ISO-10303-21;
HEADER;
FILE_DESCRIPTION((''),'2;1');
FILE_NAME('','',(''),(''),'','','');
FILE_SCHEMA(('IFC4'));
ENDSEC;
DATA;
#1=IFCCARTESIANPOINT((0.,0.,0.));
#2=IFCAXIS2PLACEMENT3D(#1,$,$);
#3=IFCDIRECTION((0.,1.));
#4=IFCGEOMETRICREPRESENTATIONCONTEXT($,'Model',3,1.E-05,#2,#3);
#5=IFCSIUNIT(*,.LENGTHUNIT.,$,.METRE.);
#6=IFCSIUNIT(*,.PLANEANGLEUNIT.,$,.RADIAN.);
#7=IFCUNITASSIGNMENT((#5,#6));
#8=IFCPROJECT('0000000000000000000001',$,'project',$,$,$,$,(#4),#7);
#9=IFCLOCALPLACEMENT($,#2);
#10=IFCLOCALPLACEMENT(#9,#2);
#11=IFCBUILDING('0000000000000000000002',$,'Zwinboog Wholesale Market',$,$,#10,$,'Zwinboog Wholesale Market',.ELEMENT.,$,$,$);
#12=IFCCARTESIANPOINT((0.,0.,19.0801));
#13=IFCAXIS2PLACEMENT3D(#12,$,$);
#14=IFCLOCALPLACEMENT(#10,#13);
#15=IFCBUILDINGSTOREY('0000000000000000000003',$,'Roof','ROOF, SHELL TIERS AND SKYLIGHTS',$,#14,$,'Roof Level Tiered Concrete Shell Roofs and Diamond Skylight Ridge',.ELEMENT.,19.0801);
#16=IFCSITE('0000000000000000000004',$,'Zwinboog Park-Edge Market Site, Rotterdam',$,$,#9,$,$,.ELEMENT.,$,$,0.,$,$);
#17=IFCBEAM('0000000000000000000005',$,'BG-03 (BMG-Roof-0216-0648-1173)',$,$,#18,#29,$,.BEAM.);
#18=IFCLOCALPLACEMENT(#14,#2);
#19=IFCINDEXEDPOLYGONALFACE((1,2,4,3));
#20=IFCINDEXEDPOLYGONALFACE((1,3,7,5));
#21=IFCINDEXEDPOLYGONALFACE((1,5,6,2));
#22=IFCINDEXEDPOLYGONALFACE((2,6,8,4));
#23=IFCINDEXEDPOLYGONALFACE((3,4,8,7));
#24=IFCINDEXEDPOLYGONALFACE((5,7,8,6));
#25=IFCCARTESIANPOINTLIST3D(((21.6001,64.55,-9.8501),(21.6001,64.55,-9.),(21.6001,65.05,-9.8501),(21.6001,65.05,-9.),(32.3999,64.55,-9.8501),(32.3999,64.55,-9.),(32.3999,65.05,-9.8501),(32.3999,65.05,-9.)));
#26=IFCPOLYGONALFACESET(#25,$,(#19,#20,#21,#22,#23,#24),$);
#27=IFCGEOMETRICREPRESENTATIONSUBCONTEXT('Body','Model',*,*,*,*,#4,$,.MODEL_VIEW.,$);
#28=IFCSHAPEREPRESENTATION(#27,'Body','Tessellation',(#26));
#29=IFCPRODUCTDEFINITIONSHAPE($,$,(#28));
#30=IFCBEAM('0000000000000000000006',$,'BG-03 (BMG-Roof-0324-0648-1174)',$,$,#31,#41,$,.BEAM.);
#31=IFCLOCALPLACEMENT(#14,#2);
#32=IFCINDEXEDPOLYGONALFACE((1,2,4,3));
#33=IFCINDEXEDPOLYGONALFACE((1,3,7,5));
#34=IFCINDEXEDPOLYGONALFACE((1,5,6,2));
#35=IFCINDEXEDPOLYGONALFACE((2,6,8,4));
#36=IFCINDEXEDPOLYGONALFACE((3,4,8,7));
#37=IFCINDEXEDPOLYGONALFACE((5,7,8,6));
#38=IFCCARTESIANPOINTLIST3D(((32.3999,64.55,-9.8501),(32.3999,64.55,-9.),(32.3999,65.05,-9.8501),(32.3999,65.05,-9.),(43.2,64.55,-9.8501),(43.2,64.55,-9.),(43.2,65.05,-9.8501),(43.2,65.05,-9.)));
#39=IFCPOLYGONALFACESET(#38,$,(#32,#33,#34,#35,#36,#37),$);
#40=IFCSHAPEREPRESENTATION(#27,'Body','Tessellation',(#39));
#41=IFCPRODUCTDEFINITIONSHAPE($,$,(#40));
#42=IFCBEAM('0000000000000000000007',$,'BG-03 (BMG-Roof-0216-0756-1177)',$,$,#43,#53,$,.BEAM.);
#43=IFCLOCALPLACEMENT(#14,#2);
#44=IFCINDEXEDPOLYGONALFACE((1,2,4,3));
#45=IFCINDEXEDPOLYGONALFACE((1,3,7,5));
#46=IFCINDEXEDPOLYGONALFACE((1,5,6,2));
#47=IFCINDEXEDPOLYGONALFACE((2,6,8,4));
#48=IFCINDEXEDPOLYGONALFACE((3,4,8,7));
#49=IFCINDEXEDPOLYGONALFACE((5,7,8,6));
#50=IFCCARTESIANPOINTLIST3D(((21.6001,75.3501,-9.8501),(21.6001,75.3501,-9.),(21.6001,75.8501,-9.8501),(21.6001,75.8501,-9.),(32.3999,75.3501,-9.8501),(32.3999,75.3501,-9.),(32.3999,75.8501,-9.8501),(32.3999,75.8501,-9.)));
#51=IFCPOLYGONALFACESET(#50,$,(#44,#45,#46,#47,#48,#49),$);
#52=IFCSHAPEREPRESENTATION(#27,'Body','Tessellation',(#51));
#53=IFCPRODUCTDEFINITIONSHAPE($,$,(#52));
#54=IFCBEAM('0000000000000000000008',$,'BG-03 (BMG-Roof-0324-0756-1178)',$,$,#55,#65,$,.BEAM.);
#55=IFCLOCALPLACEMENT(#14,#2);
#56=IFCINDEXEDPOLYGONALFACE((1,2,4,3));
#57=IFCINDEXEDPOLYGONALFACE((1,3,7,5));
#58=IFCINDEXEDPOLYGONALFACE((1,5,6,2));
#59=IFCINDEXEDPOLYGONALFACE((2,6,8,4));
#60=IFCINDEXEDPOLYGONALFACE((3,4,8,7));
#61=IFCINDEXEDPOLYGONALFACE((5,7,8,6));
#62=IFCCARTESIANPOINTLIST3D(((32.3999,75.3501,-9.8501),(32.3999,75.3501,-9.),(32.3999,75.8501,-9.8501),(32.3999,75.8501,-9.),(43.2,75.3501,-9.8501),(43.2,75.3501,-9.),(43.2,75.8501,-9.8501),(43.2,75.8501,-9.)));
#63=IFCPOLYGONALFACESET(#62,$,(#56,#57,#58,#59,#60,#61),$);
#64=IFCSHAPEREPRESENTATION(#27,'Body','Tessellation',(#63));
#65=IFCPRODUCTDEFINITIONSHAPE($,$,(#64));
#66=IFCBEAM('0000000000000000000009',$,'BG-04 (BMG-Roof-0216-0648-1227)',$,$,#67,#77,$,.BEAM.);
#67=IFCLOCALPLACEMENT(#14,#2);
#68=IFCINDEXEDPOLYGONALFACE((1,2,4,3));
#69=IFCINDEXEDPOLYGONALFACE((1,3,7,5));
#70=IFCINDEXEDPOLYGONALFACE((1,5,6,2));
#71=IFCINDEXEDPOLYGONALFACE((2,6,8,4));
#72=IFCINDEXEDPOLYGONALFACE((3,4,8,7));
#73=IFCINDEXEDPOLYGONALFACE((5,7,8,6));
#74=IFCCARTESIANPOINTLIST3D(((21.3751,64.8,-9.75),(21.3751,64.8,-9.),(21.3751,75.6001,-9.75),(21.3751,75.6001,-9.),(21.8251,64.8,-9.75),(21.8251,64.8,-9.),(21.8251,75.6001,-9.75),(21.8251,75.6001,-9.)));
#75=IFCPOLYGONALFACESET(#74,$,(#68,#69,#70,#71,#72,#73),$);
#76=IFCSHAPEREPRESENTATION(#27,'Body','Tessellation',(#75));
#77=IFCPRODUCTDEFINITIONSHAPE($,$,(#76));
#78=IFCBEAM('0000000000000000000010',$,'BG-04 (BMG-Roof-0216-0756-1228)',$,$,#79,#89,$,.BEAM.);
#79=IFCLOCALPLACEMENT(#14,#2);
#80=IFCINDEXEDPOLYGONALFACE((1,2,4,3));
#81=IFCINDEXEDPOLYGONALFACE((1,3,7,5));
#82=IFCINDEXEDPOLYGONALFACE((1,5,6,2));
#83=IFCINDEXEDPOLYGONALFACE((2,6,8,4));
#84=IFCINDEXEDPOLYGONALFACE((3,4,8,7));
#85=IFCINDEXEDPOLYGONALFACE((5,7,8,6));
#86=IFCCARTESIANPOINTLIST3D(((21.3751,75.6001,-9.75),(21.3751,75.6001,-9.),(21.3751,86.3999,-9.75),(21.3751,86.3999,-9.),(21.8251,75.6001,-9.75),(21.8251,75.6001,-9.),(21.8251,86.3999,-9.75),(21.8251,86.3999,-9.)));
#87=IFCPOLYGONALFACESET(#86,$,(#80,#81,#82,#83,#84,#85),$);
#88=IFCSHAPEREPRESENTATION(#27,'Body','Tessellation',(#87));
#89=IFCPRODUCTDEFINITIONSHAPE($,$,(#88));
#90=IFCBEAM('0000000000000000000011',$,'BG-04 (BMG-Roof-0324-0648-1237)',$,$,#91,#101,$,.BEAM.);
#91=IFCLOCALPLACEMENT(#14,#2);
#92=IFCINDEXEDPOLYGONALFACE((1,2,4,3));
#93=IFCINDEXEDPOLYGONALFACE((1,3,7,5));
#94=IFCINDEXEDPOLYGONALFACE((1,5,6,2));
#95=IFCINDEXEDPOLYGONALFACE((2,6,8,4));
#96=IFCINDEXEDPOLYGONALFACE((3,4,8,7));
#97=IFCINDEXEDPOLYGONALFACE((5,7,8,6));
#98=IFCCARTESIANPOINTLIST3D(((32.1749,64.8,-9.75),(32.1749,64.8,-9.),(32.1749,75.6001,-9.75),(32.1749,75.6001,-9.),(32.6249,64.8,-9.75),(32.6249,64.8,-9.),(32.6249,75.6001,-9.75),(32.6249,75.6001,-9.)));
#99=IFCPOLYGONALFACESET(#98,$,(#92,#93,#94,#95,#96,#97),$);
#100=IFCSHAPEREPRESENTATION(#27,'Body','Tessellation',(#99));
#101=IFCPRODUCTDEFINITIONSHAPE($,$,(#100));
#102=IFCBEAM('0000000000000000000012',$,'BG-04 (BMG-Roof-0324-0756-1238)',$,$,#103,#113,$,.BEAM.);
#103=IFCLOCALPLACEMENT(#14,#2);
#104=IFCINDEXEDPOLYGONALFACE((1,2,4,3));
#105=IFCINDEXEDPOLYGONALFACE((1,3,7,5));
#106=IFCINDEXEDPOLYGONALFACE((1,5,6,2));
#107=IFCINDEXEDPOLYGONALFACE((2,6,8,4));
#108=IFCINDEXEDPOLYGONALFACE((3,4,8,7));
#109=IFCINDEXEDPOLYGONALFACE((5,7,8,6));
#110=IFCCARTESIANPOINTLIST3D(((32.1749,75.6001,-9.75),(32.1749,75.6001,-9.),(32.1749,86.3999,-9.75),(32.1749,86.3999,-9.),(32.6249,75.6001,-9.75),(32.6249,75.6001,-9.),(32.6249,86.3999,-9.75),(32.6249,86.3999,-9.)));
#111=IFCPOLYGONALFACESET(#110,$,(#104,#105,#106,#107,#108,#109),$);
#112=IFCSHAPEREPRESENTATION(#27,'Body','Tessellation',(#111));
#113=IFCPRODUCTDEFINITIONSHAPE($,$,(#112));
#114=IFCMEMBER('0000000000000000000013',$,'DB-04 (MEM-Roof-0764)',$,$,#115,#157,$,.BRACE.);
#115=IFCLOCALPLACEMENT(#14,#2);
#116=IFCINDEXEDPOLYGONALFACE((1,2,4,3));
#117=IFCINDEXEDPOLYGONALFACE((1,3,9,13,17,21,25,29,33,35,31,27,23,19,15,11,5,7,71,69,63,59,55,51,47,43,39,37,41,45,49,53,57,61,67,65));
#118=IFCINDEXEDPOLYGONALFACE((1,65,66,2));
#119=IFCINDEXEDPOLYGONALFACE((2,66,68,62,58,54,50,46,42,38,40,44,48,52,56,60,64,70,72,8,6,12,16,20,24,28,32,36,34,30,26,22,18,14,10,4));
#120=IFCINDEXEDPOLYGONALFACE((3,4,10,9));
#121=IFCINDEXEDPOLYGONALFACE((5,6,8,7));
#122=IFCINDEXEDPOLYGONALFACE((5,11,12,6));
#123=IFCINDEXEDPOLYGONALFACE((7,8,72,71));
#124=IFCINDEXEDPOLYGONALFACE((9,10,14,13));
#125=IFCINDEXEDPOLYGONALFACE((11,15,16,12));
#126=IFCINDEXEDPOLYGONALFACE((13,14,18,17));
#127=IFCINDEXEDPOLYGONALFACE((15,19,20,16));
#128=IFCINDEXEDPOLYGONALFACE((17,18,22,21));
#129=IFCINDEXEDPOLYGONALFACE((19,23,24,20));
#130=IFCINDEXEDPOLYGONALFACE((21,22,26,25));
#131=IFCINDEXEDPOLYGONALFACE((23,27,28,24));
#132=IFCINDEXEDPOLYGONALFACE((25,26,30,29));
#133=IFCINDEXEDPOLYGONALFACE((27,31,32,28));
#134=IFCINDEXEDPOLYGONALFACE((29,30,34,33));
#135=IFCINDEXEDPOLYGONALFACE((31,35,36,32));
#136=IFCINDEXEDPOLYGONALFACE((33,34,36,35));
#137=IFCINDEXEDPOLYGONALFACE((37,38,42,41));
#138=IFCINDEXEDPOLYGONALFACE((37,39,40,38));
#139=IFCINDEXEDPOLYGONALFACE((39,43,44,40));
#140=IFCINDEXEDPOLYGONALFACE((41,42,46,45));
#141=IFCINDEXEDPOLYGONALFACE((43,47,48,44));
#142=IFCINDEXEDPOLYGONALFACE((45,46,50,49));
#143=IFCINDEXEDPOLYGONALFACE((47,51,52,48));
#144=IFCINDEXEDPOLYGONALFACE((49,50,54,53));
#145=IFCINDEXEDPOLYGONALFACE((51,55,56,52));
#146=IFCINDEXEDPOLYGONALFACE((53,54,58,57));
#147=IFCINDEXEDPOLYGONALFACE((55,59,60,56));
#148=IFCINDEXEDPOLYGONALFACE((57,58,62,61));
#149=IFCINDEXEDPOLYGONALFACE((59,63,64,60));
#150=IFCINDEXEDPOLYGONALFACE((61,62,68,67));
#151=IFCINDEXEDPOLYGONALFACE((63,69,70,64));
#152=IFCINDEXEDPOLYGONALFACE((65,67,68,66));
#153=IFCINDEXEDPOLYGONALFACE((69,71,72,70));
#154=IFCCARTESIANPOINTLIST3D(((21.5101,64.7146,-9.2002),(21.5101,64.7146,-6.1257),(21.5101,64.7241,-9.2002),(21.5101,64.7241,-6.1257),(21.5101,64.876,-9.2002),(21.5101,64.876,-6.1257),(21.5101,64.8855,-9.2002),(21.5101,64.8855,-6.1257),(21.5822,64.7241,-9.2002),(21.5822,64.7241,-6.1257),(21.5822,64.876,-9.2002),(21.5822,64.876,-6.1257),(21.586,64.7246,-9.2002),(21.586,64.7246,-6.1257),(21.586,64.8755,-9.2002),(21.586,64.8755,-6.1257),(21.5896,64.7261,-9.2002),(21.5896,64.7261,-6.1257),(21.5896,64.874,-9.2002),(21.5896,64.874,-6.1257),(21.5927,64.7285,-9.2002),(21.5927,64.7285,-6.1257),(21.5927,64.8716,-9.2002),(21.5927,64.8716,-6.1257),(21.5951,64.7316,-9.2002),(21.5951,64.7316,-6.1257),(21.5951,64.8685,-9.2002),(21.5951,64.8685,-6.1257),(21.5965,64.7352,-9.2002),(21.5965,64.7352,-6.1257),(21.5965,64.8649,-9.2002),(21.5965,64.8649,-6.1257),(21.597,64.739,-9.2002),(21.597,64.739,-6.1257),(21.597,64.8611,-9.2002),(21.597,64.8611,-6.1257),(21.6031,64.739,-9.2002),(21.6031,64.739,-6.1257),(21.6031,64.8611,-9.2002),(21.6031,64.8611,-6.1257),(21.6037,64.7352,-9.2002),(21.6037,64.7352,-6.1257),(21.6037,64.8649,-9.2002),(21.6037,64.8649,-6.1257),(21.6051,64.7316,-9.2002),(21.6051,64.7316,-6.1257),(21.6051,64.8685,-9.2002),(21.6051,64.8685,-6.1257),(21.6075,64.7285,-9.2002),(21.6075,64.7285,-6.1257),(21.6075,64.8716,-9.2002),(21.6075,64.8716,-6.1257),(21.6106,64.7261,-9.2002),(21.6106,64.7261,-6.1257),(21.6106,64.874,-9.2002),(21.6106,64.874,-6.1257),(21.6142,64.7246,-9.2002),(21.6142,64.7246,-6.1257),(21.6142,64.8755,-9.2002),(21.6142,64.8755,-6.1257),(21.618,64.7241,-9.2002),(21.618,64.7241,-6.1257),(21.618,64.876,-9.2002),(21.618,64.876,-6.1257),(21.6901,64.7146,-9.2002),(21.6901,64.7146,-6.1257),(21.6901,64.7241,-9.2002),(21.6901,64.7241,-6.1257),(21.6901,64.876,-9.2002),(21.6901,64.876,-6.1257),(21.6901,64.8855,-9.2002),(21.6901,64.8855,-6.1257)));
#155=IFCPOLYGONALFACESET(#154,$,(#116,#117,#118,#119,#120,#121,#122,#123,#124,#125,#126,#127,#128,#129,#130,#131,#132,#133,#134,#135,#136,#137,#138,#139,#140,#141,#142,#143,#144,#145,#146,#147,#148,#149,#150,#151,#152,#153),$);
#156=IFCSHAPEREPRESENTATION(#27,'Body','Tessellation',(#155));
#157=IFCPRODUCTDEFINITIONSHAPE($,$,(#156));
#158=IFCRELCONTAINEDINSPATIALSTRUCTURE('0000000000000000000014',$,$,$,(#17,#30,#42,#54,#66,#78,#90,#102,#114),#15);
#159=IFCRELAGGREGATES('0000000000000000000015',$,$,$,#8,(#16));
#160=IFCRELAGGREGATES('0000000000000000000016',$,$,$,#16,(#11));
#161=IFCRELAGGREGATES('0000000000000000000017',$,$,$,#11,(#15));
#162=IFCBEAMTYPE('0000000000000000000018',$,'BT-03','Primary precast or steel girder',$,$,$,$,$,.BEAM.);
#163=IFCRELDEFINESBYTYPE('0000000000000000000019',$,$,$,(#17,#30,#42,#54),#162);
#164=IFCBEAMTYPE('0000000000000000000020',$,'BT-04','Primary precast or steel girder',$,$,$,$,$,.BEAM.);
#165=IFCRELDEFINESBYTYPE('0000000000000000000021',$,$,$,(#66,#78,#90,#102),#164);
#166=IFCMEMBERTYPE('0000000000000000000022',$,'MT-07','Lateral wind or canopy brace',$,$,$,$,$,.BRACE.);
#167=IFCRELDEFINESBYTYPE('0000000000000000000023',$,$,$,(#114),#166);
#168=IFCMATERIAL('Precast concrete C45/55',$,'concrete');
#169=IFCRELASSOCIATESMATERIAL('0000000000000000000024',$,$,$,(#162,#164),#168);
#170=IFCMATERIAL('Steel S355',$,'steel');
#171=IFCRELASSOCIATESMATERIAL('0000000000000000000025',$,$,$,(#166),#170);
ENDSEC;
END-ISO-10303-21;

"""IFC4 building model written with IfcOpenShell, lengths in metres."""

from ifc_helpers import new_model, si_unit, direction, frame, origin, origin_2d, place, context, subcontext, project, spatial, rectangle, i_section, extrude, material, material_profile, profile_set, type_object, element, save


model = new_model("IFC4")

# Units and contexts
model_context = context("Model", 3, precision=1e-05, world=origin(), true_north=direction((0.0, 1.0)))
body_context = subcontext(model_context, "Body", "Model", "MODEL_VIEW")
ifc_project = project(units=[si_unit("LENGTHUNIT", "METRE"), si_unit("PLANEANGLEUNIT", "RADIAN")], contexts=[model_context])

# Site, building, storey
site_placement = place(None, origin())
site = spatial("IfcSite", under=ifc_project, at=site_placement, Name="Zwinboog Park-Edge Market Site, Rotterdam", CompositionType="ELEMENT", RefElevation=0.0)
building_placement = place(site_placement, origin())
building = spatial("IfcBuilding", under=site, at=building_placement, Name="Zwinboog Wholesale Market", LongName="Zwinboog Wholesale Market", CompositionType="ELEMENT")
storey_placement = place(building_placement, frame((0.0, 0.0, 19.0801)))
storey = spatial("IfcBuildingStorey", under=building, at=storey_placement, Name="Roof", Description="ROOF, SHELL TIERS AND SKYLIGHTS", LongName="Roof Level Tiered Concrete Shell Roofs and Diamond Skylight Ridge", CompositionType="ELEMENT", Elevation=19.0801)

# Beams
ifc_material_1 = material(Name="Precast concrete C45/55", Category="concrete")
ifc_material_profile_1 = material_profile(ifc_material_1, rectangle(XDim=0.5, YDim=0.8501, at=origin_2d()), Name="PC 500x850")
ifc_profile_set_1 = profile_set([ifc_material_profile_1], Name="Precast concrete C45/55")
beam_type_1 = type_object("IfcBeamType", Name="BT-03", Description="Primary precast or steel girder", PredefinedType="BEAM", material=ifc_profile_set_1)
beam_1_placement = place(storey_placement, frame((21.6001, 64.8, -9.425), z_axis=(1.0, 0.0, 0.0), x_axis=(0.0, 1.0, 0.0)))
element("IfcBeam", 1, at=beam_1_placement, inside=storey, type_object=beam_type_1, Name="BG-03 (BMG-Roof-0216-0648-1173)", PredefinedType="BEAM", context=body_context, shape_type="SweptSolid", body=[
    extrude(rectangle(XDim=0.5, YDim=0.8501, at=origin_2d()), origin(), (0.0, 0.0, 1.0), 10.7998),
])
beam_2_placement = place(storey_placement, frame((32.3999, 64.8, -9.425), z_axis=(1.0, 0.0, 0.0), x_axis=(0.0, 1.0, 0.0)))
element("IfcBeam", 2, at=beam_2_placement, inside=storey, type_object=beam_type_1, Name="BG-03 (BMG-Roof-0324-0648-1174)", PredefinedType="BEAM", context=body_context, shape_type="SweptSolid", body=[
    extrude(rectangle(XDim=0.5, YDim=0.8501, at=origin_2d()), origin(), (0.0, 0.0, 1.0), 10.8),
])
beam_3_placement = place(storey_placement, frame((21.6001, 75.6001, -9.425), z_axis=(1.0, 0.0, 0.0), x_axis=(0.0, 1.0, 0.0)))
element("IfcBeam", 3, at=beam_3_placement, inside=storey, type_object=beam_type_1, Name="BG-03 (BMG-Roof-0216-0756-1177)", PredefinedType="BEAM", context=body_context, shape_type="SweptSolid", body=[
    extrude(rectangle(XDim=0.5, YDim=0.8501, at=origin_2d()), origin(), (0.0, 0.0, 1.0), 10.7998),
])
beam_4_placement = place(storey_placement, frame((32.3999, 75.6001, -9.425), z_axis=(1.0, 0.0, 0.0), x_axis=(0.0, 1.0, 0.0)))
element("IfcBeam", 4, at=beam_4_placement, inside=storey, type_object=beam_type_1, Name="BG-03 (BMG-Roof-0324-0756-1178)", PredefinedType="BEAM", context=body_context, shape_type="SweptSolid", body=[
    extrude(rectangle(XDim=0.5, YDim=0.8501, at=origin_2d()), origin(), (0.0, 0.0, 1.0), 10.8),
])
ifc_material_profile_2 = material_profile(ifc_material_1, rectangle(XDim=0.45, YDim=0.75, at=origin_2d()), Name="PC 450x750")
ifc_profile_set_2 = profile_set([ifc_material_profile_2], Name="Precast concrete C45/55")
beam_type_2 = type_object("IfcBeamType", Name="BT-04", Description="Primary precast or steel girder", PredefinedType="BEAM", material=ifc_profile_set_2)
beam_5_placement = place(storey_placement, frame((21.6001, 64.8, -9.375), z_axis=(0.0, 1.0, 0.0), x_axis=(-1.0, 0.0, 0.0)))
element("IfcBeam", 5, at=beam_5_placement, inside=storey, type_object=beam_type_2, Name="BG-04 (BMG-Roof-0216-0648-1227)", PredefinedType="BEAM", context=body_context, shape_type="SweptSolid", body=[
    extrude(rectangle(XDim=0.45, YDim=0.75, at=origin_2d()), origin(), (0.0, 0.0, 1.0), 10.8),
])
beam_6_placement = place(storey_placement, frame((21.6001, 75.6001, -9.375), z_axis=(0.0, 1.0, 0.0), x_axis=(-1.0, 0.0, 0.0)))
element("IfcBeam", 6, at=beam_6_placement, inside=storey, type_object=beam_type_2, Name="BG-04 (BMG-Roof-0216-0756-1228)", PredefinedType="BEAM", context=body_context, shape_type="SweptSolid", body=[
    extrude(rectangle(XDim=0.45, YDim=0.75, at=origin_2d()), origin(), (0.0, 0.0, 1.0), 10.7998),
])
beam_7_placement = place(storey_placement, frame((32.3999, 64.8, -9.375), z_axis=(0.0, 1.0, 0.0), x_axis=(-1.0, 0.0, 0.0)))
element("IfcBeam", 7, at=beam_7_placement, inside=storey, type_object=beam_type_2, Name="BG-04 (BMG-Roof-0324-0648-1237)", PredefinedType="BEAM", context=body_context, shape_type="SweptSolid", body=[
    extrude(rectangle(XDim=0.45, YDim=0.75, at=origin_2d()), origin(), (0.0, 0.0, 1.0), 10.8),
])
beam_8_placement = place(storey_placement, frame((32.3999, 75.6001, -9.375), z_axis=(0.0, 1.0, 0.0), x_axis=(-1.0, 0.0, 0.0)))
element("IfcBeam", 8, at=beam_8_placement, inside=storey, type_object=beam_type_2, Name="BG-04 (BMG-Roof-0324-0756-1238)", PredefinedType="BEAM", context=body_context, shape_type="SweptSolid", body=[
    extrude(rectangle(XDim=0.45, YDim=0.75, at=origin_2d()), origin(), (0.0, 0.0, 1.0), 10.7998),
])

# Member
ifc_material_2 = material(Name="Steel S355", Category="steel")
ifc_material_profile_3 = material_profile(ifc_material_2, i_section(OverallWidth=0.1799, OverallDepth=0.1709, WebThickness=0.0061, FlangeThickness=0.0095, FilletRadius=0.0149, at=origin_2d()), Name="HEA 180")
ifc_profile_set_3 = profile_set([ifc_material_profile_3], Name="Steel S355")
member_type_1 = type_object("IfcMemberType", Name="MT-07", Description="Lateral wind or canopy brace", PredefinedType="BRACE", material=ifc_profile_set_3)
member_1_placement = place(storey_placement, frame((21.6001, 64.8, -9.2002), z_axis=(0.0, 0.0, 1.0), x_axis=(1.0, 0.0, 0.0)))
element("IfcMember", 9, at=member_1_placement, inside=storey, type_object=member_type_1, Name="DB-04 (MEM-Roof-0764)", PredefinedType="BRACE", context=body_context, shape_type="SweptSolid", body=[
    extrude(i_section(OverallWidth=0.1799, OverallDepth=0.1709, WebThickness=0.0061, FlangeThickness=0.0095, FilletRadius=0.0149, at=origin_2d()), origin(), (0.0, 0.0, 1.0), 3.0745),
])

save(model, "model.ifc")
